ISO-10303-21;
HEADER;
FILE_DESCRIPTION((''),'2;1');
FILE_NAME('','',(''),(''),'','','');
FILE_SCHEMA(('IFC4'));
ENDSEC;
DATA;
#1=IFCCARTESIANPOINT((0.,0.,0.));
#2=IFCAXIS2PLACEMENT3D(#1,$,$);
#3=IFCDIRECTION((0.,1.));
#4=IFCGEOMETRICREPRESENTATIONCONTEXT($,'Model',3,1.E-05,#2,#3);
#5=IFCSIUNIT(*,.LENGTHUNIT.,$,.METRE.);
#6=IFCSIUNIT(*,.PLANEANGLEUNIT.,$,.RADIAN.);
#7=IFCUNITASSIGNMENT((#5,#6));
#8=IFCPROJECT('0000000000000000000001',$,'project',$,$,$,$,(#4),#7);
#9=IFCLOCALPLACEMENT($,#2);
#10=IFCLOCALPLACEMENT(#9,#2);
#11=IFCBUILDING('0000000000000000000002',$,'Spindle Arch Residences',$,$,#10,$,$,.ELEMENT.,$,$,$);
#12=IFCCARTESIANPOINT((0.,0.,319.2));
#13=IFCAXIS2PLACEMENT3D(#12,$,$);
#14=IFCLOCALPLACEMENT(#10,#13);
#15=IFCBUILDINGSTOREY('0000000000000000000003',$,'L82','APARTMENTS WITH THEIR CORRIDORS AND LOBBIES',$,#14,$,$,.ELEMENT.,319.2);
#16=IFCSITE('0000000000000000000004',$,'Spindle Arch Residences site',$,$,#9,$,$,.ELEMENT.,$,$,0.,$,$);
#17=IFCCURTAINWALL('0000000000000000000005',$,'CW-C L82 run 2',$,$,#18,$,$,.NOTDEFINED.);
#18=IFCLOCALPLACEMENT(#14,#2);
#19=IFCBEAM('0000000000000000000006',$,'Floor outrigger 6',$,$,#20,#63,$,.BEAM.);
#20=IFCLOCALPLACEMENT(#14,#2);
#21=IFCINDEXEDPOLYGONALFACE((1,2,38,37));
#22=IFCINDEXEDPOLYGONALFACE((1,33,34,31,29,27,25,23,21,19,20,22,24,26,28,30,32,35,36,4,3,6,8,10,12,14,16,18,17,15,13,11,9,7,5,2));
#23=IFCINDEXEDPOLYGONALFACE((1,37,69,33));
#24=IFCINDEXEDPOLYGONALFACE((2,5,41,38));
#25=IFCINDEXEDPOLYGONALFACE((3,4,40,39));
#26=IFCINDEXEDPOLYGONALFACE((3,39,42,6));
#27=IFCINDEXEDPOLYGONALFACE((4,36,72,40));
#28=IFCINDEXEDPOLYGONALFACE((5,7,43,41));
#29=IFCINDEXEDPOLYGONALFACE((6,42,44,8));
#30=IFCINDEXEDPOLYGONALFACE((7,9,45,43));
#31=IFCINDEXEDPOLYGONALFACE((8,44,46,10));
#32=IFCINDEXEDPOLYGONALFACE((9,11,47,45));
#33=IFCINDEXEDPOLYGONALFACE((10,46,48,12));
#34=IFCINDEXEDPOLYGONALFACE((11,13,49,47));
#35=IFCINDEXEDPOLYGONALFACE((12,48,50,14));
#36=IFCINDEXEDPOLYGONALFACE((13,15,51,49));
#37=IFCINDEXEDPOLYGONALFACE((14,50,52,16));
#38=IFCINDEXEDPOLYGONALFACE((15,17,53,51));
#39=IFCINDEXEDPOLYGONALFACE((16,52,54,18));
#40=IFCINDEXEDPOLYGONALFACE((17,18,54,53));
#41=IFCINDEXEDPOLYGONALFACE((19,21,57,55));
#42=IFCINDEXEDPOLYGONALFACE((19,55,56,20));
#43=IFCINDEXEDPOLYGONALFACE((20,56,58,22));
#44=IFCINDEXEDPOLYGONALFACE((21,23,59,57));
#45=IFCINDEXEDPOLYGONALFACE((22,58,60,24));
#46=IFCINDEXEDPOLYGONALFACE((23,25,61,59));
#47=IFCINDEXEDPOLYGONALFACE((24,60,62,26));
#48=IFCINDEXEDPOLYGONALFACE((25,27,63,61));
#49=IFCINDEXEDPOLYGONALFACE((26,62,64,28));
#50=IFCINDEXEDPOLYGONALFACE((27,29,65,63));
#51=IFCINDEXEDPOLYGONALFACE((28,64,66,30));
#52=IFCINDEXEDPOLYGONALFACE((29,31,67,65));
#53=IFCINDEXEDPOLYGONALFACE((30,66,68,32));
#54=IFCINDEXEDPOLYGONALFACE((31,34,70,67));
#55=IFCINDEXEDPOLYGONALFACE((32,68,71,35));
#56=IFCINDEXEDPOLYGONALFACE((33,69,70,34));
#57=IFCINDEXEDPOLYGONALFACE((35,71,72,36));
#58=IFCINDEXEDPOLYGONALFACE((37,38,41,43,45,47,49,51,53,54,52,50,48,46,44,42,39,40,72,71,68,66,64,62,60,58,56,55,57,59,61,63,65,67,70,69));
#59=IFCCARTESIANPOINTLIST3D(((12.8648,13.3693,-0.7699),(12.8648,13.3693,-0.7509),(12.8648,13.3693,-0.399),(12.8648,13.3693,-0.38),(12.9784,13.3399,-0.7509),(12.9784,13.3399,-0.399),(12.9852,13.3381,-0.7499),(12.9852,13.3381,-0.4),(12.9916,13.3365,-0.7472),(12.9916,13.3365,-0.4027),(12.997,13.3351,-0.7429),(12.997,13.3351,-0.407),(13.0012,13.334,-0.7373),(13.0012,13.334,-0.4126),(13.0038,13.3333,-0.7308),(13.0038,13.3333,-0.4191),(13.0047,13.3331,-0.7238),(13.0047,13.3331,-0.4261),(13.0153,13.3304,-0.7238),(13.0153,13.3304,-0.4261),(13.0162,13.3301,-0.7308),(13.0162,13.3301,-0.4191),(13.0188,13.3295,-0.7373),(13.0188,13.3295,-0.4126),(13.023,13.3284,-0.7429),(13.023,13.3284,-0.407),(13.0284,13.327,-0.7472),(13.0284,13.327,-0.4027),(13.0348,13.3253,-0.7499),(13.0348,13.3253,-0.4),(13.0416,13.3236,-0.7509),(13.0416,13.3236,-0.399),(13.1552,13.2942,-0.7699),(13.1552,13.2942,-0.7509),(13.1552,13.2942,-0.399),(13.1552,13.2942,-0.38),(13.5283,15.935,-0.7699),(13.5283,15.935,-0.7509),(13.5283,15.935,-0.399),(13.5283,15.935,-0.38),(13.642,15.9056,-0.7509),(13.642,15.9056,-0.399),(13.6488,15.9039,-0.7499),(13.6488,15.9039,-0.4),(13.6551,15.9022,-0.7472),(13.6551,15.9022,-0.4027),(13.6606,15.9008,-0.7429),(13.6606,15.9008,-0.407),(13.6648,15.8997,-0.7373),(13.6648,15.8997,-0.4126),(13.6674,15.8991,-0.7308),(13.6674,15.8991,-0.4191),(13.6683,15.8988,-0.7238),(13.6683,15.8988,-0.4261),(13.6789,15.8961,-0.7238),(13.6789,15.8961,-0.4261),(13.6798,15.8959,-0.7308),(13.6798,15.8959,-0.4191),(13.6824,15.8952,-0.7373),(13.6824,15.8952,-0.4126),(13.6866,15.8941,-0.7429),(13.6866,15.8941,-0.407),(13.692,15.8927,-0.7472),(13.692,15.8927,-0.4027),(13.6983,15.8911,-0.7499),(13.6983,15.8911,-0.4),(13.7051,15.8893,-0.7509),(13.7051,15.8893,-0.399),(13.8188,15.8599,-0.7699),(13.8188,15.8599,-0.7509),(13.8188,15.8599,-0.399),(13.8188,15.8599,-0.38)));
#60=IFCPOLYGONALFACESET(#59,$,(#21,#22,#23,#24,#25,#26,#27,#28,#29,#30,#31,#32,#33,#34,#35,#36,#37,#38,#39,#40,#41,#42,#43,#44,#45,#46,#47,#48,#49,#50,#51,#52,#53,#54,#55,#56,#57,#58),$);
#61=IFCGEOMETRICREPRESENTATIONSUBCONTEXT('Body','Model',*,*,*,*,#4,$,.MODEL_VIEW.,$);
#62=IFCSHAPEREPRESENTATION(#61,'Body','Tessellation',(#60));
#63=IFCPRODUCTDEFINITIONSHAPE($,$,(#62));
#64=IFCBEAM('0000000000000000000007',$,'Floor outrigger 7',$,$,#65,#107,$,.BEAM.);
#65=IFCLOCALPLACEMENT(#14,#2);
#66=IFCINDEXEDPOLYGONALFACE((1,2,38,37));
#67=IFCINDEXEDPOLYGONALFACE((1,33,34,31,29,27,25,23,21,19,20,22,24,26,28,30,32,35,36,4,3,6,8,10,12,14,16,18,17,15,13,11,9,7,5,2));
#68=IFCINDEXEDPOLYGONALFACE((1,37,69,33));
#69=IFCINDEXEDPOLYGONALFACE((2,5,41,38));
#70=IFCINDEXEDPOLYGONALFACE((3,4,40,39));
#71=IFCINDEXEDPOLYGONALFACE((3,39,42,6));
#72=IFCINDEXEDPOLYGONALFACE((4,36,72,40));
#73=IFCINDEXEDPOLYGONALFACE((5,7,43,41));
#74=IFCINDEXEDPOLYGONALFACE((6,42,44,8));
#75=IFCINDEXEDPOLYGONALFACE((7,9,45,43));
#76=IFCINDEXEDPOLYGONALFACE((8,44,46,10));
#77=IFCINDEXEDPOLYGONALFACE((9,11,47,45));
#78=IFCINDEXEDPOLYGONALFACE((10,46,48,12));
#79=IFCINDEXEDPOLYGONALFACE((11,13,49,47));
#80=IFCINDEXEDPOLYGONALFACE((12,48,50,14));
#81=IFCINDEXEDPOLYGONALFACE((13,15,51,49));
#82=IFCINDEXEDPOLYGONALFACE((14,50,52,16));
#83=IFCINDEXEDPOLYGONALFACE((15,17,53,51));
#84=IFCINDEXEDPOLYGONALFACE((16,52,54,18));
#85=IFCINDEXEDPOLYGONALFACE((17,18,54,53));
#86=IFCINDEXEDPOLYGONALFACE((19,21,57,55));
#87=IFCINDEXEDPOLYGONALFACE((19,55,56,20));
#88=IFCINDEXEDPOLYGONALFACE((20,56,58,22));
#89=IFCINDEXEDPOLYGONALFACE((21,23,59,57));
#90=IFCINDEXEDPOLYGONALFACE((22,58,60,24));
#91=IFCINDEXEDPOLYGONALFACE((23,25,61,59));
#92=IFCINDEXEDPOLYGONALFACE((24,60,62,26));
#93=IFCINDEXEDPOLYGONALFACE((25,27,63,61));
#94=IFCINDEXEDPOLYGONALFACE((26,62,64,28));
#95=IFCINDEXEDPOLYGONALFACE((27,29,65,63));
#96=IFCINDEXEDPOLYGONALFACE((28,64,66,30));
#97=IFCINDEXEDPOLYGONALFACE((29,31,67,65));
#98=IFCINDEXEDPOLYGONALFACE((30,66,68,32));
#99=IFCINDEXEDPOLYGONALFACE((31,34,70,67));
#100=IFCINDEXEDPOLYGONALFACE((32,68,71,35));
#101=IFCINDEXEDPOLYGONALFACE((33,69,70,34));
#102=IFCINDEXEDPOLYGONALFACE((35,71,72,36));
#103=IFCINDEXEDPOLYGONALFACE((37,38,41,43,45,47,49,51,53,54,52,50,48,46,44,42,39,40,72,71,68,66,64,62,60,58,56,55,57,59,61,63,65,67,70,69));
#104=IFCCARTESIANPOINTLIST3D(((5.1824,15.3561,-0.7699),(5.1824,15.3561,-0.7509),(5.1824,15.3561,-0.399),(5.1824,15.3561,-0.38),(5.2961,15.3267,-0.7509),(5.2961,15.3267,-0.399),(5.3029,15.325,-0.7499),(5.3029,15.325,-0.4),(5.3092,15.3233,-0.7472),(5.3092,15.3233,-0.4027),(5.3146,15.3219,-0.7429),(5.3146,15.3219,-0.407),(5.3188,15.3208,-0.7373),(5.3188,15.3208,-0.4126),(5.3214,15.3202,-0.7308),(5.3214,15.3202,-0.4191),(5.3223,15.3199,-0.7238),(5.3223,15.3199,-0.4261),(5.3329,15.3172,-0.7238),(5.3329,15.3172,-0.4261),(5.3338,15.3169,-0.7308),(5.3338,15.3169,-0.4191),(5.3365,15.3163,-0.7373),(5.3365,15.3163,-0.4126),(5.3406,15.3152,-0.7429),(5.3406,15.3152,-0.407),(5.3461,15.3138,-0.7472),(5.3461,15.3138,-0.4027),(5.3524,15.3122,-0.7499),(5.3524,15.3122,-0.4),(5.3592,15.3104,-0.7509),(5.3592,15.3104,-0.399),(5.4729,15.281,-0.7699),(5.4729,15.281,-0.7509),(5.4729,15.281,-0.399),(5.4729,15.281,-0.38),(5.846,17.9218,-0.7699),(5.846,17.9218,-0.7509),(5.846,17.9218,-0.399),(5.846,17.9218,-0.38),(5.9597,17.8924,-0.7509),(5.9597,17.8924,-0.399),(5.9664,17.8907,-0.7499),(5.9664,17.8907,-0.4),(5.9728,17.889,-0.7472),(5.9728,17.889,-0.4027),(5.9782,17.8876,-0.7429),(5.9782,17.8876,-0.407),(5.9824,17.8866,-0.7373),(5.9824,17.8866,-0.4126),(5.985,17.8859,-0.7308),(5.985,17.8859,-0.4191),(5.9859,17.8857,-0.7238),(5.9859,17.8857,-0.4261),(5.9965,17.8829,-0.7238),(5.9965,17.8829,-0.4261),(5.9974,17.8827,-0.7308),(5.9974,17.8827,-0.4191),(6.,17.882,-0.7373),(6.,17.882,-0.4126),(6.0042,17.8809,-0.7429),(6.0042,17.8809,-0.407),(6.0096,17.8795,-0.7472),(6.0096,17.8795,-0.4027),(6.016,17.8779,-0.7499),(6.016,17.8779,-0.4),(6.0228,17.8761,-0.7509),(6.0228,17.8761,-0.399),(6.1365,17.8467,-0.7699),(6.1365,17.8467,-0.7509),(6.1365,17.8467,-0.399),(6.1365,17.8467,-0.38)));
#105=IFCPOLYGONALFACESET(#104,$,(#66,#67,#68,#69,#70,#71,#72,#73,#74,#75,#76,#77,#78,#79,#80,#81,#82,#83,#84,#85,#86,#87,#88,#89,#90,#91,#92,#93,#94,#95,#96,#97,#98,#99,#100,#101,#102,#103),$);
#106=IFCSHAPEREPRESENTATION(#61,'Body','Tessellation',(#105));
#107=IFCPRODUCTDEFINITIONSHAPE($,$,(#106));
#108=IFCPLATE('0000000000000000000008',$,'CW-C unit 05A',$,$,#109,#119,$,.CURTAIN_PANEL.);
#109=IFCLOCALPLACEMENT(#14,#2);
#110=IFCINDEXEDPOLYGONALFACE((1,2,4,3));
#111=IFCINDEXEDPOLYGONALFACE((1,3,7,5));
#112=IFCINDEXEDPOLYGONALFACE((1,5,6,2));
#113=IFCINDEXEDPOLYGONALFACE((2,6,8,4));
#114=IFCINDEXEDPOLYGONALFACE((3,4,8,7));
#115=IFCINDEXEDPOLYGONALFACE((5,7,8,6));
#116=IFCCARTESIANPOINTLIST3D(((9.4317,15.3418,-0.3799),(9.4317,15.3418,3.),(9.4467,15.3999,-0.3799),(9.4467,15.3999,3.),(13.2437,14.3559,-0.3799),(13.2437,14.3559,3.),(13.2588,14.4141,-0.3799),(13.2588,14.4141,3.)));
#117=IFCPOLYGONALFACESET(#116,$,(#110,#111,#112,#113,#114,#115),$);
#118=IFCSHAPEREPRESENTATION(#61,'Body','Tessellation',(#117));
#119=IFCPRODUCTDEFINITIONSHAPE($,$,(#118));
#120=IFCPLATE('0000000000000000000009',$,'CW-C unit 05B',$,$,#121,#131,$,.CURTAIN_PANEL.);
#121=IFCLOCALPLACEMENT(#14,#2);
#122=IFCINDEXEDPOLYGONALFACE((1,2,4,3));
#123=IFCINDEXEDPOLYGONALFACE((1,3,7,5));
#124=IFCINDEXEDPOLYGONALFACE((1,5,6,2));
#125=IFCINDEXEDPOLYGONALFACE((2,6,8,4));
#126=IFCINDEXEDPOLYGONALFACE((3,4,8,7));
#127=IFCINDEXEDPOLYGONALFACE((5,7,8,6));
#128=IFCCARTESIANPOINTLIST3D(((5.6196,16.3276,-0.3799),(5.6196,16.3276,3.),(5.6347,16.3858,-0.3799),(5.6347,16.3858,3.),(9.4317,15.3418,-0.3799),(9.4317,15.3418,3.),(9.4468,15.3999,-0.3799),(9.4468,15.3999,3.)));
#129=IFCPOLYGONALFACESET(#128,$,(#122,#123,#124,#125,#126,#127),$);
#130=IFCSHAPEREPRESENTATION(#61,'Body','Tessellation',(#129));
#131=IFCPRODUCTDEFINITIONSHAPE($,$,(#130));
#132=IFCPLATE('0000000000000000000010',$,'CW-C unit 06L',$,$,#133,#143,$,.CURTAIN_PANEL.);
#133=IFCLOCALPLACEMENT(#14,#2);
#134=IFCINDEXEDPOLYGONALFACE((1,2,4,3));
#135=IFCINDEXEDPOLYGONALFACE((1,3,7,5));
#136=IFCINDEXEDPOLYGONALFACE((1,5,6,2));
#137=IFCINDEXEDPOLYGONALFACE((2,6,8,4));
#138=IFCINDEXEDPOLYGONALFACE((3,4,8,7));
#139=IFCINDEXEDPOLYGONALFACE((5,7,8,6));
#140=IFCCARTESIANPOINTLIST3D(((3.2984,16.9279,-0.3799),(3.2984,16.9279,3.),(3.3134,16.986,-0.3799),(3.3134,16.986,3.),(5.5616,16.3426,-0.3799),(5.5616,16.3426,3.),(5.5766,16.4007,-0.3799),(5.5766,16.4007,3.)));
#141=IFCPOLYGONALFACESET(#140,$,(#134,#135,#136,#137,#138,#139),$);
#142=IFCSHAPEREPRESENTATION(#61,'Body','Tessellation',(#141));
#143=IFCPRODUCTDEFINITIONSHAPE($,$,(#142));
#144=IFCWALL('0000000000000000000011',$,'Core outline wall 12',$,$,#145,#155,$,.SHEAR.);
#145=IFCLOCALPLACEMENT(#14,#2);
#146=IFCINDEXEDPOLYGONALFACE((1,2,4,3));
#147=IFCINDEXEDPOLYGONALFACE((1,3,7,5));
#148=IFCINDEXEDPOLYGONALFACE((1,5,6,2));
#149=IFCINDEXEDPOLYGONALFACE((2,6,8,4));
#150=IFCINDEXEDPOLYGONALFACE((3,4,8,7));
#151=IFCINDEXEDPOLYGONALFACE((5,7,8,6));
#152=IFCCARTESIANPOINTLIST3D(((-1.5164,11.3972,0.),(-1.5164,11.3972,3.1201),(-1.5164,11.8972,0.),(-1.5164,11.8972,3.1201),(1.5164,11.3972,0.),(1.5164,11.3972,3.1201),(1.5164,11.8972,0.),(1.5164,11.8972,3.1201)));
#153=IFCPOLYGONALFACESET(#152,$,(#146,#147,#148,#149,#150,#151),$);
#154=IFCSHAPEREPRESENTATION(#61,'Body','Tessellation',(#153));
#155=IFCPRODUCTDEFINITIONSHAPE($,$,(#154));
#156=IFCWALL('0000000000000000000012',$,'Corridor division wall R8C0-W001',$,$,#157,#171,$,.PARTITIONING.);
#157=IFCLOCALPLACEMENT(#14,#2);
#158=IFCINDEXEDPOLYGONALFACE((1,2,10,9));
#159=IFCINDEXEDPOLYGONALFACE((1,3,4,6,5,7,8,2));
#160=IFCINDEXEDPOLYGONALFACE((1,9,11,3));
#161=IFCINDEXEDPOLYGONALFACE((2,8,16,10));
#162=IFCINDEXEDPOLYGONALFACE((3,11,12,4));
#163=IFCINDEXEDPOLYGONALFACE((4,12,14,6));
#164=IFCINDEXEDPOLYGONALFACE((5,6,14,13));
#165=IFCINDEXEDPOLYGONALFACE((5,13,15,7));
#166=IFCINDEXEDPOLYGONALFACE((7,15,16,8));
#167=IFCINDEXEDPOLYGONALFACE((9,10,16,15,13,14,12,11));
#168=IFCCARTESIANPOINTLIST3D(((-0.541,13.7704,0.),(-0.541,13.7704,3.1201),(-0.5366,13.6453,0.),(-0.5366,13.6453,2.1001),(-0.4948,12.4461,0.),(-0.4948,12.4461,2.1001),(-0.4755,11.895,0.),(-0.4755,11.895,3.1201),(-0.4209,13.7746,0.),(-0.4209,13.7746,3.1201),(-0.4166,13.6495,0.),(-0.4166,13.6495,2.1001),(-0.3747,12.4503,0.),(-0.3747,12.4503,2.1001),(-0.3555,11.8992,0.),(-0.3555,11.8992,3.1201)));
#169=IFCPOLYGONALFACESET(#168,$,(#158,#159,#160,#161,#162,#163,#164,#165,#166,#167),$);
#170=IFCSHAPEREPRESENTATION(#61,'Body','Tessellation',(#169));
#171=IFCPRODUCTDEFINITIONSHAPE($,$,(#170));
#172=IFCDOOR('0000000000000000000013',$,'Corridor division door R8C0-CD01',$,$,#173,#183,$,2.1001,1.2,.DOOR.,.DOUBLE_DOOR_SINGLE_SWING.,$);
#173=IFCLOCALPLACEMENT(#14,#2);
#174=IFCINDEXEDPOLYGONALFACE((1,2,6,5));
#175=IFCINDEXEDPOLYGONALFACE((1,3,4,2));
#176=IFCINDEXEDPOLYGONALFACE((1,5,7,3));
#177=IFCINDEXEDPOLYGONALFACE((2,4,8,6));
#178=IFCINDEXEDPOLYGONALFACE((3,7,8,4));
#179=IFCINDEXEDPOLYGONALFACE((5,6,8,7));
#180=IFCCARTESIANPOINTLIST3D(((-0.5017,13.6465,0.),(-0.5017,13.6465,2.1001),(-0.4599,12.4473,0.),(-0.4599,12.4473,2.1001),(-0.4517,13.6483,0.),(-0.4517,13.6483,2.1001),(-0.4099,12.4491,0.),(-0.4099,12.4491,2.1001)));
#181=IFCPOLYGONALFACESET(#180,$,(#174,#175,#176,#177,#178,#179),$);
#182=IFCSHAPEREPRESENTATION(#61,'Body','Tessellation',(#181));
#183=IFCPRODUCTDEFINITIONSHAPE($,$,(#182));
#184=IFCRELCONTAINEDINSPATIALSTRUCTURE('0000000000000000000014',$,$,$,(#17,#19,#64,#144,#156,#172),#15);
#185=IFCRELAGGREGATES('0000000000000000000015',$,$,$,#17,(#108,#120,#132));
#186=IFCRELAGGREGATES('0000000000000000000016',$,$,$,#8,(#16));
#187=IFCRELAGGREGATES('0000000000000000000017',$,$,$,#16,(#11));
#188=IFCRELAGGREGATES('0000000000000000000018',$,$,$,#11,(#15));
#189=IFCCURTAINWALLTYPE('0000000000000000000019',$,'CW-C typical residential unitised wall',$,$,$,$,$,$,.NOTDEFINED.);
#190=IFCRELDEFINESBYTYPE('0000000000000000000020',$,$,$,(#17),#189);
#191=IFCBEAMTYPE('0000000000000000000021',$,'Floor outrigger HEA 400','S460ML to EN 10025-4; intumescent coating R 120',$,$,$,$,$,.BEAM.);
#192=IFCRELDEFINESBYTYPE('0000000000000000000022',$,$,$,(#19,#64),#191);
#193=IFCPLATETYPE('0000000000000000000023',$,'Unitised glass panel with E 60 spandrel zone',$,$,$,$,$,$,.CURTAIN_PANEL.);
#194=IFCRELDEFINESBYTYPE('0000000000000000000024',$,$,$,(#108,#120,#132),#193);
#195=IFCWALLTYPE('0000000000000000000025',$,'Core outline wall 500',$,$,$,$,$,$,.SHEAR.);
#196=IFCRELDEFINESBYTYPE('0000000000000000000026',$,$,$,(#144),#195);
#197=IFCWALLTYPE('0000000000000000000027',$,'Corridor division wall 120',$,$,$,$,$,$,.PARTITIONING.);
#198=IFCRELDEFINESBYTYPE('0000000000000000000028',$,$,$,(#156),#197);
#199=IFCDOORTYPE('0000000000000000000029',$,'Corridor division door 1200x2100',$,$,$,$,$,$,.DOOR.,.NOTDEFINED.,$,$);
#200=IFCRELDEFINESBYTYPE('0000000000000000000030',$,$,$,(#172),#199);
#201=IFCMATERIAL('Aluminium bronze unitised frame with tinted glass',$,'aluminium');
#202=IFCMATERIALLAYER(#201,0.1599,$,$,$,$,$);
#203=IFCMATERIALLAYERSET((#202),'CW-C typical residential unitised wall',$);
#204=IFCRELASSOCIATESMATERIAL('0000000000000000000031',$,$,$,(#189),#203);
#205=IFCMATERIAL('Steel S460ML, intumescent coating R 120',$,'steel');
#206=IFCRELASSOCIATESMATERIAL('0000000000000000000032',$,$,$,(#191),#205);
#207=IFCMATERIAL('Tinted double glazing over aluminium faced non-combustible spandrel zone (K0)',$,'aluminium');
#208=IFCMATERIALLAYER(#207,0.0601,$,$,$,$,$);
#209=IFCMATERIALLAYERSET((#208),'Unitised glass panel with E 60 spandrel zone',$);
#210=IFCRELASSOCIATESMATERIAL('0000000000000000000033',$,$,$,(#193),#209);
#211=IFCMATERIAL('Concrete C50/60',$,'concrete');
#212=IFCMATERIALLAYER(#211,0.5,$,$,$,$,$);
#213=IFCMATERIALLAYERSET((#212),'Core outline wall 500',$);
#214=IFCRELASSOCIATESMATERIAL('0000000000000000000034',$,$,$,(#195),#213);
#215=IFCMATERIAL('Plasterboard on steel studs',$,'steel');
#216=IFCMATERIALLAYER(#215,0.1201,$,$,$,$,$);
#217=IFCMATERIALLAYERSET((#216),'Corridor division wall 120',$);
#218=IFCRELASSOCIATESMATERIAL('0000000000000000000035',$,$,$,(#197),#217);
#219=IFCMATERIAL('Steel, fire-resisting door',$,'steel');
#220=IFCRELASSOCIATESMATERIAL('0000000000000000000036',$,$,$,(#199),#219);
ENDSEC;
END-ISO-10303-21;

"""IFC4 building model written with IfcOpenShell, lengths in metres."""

from ifc_helpers import new_model, si_unit, direction, frame, frame_2d, origin, origin_2d, place, context, subcontext, project, spatial, rectangle, i_section, extrude, material, layer, layer_set, material_profile, profile_set, type_object, element, fill, aggregate, save


model = new_model("IFC4")

# Units and contexts
model_context = context("Model", 3, precision=1e-05, world=origin(), true_north=direction((0.0, 1.0)))
body_context = subcontext(model_context, "Body", "Model", "MODEL_VIEW")
ifc_project = project(units=[si_unit("LENGTHUNIT", "METRE"), si_unit("PLANEANGLEUNIT", "RADIAN")], contexts=[model_context])

# Site, building, storey
site_placement = place(None, origin())
site = spatial("IfcSite", under=ifc_project, at=site_placement, Name="Spindle Arch Residences site", CompositionType="ELEMENT", RefElevation=0.0)
building_placement = place(site_placement, origin())
building = spatial("IfcBuilding", under=site, at=building_placement, Name="Spindle Arch Residences", CompositionType="ELEMENT")
storey_placement = place(building_placement, frame((0.0, 0.0, 319.2)))
storey = spatial("IfcBuildingStorey", under=building, at=storey_placement, Name="L82", Description="APARTMENTS WITH THEIR CORRIDORS AND LOBBIES", CompositionType="ELEMENT", Elevation=319.2)

# Curtain wall
ifc_material_1 = material(Name="Aluminium bronze unitised frame with tinted glass", Category="aluminium")
ifc_layer_1 = layer(ifc_material_1, 0.1599)
ifc_layer_set_1 = layer_set([ifc_layer_1], Name="CW-C typical residential unitised wall")
curtain_wall_type = type_object("IfcCurtainWallType", Name="CW-C typical residential unitised wall", PredefinedType="NOTDEFINED", material=ifc_layer_set_1)
curtain_wall_placement = place(storey_placement, origin())
curtain_wall = element("IfcCurtainWall", 1, at=curtain_wall_placement, inside=storey, type_object=curtain_wall_type, Name="CW-C L82 run 2", PredefinedType="NOTDEFINED")

# Beams
ifc_material_2 = material(Name="Steel S460ML, intumescent coating R 120", Category="steel")
ifc_material_profile_1 = material_profile(ifc_material_2, i_section(OverallWidth=0.3, OverallDepth=0.3899, WebThickness=0.011, FlangeThickness=0.019, FilletRadius=0.0271, at=origin_2d()), Name="HEA 400")
ifc_profile_set_1 = profile_set([ifc_material_profile_1], Name="Steel S460ML, intumescent coating R 120")
beam_type_1 = type_object("IfcBeamType", Name="Floor outrigger HEA 400", Description="S460ML to EN 10025-4; intumescent coating R 120", PredefinedType="BEAM", material=ifc_profile_set_1)
for number, where, z_axis, x_axis, name in (
    (2, (13.6736, 15.8975, -0.575), (-0.250396, -0.968143, 0.0), (0.968143, -0.250396, 0.0), "Floor outrigger 6"),
    (3, (5.9912, 17.8843, -0.575), (-0.250396, -0.968143, 0.0), (0.968143, -0.250396, 0.0), "Floor outrigger 7"),
):
    element("IfcBeam", number, at=place(storey_placement, frame(where, z_axis=z_axis, x_axis=x_axis)), inside=storey, type_object=beam_type_1, Name=name, PredefinedType="BEAM", context=body_context, shape_type="SweptSolid", body=[
        extrude(i_section(OverallWidth=0.3, OverallDepth=0.3899, WebThickness=0.011, FlangeThickness=0.019, FilletRadius=0.0271, at=origin_2d()), origin(), (0.0, 0.0, 1.0), 2.6501),
    ])

# Plates
ifc_material_3 = material(Name="Tinted double glazing over aluminium faced non-combustible spandrel zone (K0)", Category="aluminium")
ifc_layer_2 = layer(ifc_material_3, 0.0601)
ifc_layer_set_2 = layer_set([ifc_layer_2], Name="Unitised glass panel with E 60 spandrel zone")
plate_type = type_object("IfcPlateType", Name="Unitised glass panel with E 60 spandrel zone", PredefinedType="CURTAIN_PANEL", material=ifc_layer_set_2)
plate_1_placement = place(storey_placement, frame((11.3452, 14.8779, -0.3799), z_axis=(0.0, 0.0, 1.0), x_axis=(-0.968148, 0.25038, 0.0)))
plate_1 = element("IfcPlate", 4, at=plate_1_placement, type_object=plate_type, Name="CW-C unit 05A", PredefinedType="CURTAIN_PANEL", context=body_context, shape_type="SweptSolid", body=[
    extrude(rectangle(XDim=3.9375, YDim=0.0601, at=origin_2d()), origin(), (0.0, 0.0, 1.0), 3.3799),
])
plate_2_placement = place(storey_placement, frame((7.5332, 15.8638, -0.3799), z_axis=(0.0, 0.0, 1.0), x_axis=(-0.968148, 0.25038, 0.0)))
plate_2 = element("IfcPlate", 5, at=plate_2_placement, type_object=plate_type, Name="CW-C unit 05B", PredefinedType="CURTAIN_PANEL", context=body_context, shape_type="SweptSolid", body=[
    extrude(rectangle(XDim=3.9375, YDim=0.0601, at=origin_2d()), origin(), (0.0, 0.0, 1.0), 3.3799),
])
plate_3_placement = place(storey_placement, frame((4.4375, 16.6643, -0.3799), z_axis=(0.0, 0.0, 1.0), x_axis=(-0.968148, 0.25038, 0.0)))
plate_3 = element("IfcPlate", 6, at=plate_3_placement, type_object=plate_type, Name="CW-C unit 06L", PredefinedType="CURTAIN_PANEL", context=body_context, shape_type="SweptSolid", body=[
    extrude(rectangle(XDim=2.3376, YDim=0.0601, at=origin_2d()), origin(), (0.0, 0.0, 1.0), 3.3799),
])
aggregate(curtain_wall, [plate_1, plate_2, plate_3])

# Wall
ifc_material_4 = material(Name="Concrete C50/60", Category="concrete")
ifc_layer_3 = layer(ifc_material_4, 0.5)
ifc_layer_set_3 = layer_set([ifc_layer_3], Name="Core outline wall 500")
wall_type_1 = type_object("IfcWallType", Name="Core outline wall 500", PredefinedType="SHEAR", material=ifc_layer_set_3)
wall_1_placement = place(storey_placement, frame((1.5164, 11.6472, 0.0), z_axis=(0.0, 0.0, 1.0), x_axis=(-1.0, 0.0, 0.0)))
element("IfcWall", 7, at=wall_1_placement, inside=storey, type_object=wall_type_1, Name="Core outline wall 12", PredefinedType="SHEAR", context=body_context, shape_type="SweptSolid", body=[
    extrude(rectangle(XDim=3.0327, YDim=0.5, at=frame_2d((1.5164, 0.0))), origin(), (0.0, 0.0, 1.0), 3.1201),
])

# Wall, opening, door
ifc_material_5 = material(Name="Plasterboard on steel studs", Category="steel")
ifc_layer_4 = layer(ifc_material_5, 0.1201)
ifc_layer_set_4 = layer_set([ifc_layer_4], Name="Corridor division wall 120")
wall_type_2 = type_object("IfcWallType", Name="Corridor division wall 120", PredefinedType="PARTITIONING", material=ifc_layer_set_4)
wall_2_placement = place(storey_placement, frame((-0.481, 13.7725, 0.0), z_axis=(0.0, 0.0, 1.0), x_axis=(0.03487, -0.999392, 0.0)))
wall_2 = element("IfcWall", 8, at=wall_2_placement, inside=storey, type_object=wall_type_2, Name="Corridor division wall R8C0-W001", PredefinedType="PARTITIONING", context=body_context, shape_type="SweptSolid", body=[
    extrude(rectangle(XDim=1.8765, YDim=0.1201, at=frame_2d((0.9382, 0.0))), origin(), (0.0, 0.0, 1.0), 3.1201),
])
opening_1_placement = place(wall_2_placement, frame((0.125, 0.0, 0.0)))
opening_1 = element("IfcOpeningElement", 9, at=opening_1_placement, cuts=wall_2, PredefinedType="OPENING", context=body_context, shape_type="SweptSolid", body=[
    extrude(rectangle(XDim=1.2, YDim=2.1001, at=frame_2d((0.6001, 1.05))), frame((0.0, 0.0701, 0.0), z_axis=(0.0, -1.0, 0.0), x_axis=(1.0, 0.0, 0.0)), (0.0, 0.0, 1.0), 0.1401),
])
ifc_material_6 = material(Name="Steel, fire-resisting door", Category="steel")
door_type_1 = type_object("IfcDoorType", Name="Corridor division door 1200x2100", OperationType="NOTDEFINED", PredefinedType="DOOR", material=ifc_material_6)
door_1_placement = place(opening_1_placement, origin())
door_1 = element("IfcDoor", 10, at=door_1_placement, inside=storey, type_object=door_type_1, Name="Corridor division door R8C0-CD01", OperationType="DOUBLE_DOOR_SINGLE_SWING", OverallHeight=2.1001, OverallWidth=1.2, PredefinedType="DOOR", context=body_context, shape_type="SweptSolid", body=[
    extrude(rectangle(XDim=1.2, YDim=2.1001, at=frame_2d((0.6001, 1.05))), frame((0.0, 0.0249, 0.0), z_axis=(0.0, -1.0, 0.0), x_axis=(1.0, 0.0, 0.0)), (0.0, 0.0, 1.0), 0.05),
])
fill(opening_1, door_1)

save(model, "model.ifc")
